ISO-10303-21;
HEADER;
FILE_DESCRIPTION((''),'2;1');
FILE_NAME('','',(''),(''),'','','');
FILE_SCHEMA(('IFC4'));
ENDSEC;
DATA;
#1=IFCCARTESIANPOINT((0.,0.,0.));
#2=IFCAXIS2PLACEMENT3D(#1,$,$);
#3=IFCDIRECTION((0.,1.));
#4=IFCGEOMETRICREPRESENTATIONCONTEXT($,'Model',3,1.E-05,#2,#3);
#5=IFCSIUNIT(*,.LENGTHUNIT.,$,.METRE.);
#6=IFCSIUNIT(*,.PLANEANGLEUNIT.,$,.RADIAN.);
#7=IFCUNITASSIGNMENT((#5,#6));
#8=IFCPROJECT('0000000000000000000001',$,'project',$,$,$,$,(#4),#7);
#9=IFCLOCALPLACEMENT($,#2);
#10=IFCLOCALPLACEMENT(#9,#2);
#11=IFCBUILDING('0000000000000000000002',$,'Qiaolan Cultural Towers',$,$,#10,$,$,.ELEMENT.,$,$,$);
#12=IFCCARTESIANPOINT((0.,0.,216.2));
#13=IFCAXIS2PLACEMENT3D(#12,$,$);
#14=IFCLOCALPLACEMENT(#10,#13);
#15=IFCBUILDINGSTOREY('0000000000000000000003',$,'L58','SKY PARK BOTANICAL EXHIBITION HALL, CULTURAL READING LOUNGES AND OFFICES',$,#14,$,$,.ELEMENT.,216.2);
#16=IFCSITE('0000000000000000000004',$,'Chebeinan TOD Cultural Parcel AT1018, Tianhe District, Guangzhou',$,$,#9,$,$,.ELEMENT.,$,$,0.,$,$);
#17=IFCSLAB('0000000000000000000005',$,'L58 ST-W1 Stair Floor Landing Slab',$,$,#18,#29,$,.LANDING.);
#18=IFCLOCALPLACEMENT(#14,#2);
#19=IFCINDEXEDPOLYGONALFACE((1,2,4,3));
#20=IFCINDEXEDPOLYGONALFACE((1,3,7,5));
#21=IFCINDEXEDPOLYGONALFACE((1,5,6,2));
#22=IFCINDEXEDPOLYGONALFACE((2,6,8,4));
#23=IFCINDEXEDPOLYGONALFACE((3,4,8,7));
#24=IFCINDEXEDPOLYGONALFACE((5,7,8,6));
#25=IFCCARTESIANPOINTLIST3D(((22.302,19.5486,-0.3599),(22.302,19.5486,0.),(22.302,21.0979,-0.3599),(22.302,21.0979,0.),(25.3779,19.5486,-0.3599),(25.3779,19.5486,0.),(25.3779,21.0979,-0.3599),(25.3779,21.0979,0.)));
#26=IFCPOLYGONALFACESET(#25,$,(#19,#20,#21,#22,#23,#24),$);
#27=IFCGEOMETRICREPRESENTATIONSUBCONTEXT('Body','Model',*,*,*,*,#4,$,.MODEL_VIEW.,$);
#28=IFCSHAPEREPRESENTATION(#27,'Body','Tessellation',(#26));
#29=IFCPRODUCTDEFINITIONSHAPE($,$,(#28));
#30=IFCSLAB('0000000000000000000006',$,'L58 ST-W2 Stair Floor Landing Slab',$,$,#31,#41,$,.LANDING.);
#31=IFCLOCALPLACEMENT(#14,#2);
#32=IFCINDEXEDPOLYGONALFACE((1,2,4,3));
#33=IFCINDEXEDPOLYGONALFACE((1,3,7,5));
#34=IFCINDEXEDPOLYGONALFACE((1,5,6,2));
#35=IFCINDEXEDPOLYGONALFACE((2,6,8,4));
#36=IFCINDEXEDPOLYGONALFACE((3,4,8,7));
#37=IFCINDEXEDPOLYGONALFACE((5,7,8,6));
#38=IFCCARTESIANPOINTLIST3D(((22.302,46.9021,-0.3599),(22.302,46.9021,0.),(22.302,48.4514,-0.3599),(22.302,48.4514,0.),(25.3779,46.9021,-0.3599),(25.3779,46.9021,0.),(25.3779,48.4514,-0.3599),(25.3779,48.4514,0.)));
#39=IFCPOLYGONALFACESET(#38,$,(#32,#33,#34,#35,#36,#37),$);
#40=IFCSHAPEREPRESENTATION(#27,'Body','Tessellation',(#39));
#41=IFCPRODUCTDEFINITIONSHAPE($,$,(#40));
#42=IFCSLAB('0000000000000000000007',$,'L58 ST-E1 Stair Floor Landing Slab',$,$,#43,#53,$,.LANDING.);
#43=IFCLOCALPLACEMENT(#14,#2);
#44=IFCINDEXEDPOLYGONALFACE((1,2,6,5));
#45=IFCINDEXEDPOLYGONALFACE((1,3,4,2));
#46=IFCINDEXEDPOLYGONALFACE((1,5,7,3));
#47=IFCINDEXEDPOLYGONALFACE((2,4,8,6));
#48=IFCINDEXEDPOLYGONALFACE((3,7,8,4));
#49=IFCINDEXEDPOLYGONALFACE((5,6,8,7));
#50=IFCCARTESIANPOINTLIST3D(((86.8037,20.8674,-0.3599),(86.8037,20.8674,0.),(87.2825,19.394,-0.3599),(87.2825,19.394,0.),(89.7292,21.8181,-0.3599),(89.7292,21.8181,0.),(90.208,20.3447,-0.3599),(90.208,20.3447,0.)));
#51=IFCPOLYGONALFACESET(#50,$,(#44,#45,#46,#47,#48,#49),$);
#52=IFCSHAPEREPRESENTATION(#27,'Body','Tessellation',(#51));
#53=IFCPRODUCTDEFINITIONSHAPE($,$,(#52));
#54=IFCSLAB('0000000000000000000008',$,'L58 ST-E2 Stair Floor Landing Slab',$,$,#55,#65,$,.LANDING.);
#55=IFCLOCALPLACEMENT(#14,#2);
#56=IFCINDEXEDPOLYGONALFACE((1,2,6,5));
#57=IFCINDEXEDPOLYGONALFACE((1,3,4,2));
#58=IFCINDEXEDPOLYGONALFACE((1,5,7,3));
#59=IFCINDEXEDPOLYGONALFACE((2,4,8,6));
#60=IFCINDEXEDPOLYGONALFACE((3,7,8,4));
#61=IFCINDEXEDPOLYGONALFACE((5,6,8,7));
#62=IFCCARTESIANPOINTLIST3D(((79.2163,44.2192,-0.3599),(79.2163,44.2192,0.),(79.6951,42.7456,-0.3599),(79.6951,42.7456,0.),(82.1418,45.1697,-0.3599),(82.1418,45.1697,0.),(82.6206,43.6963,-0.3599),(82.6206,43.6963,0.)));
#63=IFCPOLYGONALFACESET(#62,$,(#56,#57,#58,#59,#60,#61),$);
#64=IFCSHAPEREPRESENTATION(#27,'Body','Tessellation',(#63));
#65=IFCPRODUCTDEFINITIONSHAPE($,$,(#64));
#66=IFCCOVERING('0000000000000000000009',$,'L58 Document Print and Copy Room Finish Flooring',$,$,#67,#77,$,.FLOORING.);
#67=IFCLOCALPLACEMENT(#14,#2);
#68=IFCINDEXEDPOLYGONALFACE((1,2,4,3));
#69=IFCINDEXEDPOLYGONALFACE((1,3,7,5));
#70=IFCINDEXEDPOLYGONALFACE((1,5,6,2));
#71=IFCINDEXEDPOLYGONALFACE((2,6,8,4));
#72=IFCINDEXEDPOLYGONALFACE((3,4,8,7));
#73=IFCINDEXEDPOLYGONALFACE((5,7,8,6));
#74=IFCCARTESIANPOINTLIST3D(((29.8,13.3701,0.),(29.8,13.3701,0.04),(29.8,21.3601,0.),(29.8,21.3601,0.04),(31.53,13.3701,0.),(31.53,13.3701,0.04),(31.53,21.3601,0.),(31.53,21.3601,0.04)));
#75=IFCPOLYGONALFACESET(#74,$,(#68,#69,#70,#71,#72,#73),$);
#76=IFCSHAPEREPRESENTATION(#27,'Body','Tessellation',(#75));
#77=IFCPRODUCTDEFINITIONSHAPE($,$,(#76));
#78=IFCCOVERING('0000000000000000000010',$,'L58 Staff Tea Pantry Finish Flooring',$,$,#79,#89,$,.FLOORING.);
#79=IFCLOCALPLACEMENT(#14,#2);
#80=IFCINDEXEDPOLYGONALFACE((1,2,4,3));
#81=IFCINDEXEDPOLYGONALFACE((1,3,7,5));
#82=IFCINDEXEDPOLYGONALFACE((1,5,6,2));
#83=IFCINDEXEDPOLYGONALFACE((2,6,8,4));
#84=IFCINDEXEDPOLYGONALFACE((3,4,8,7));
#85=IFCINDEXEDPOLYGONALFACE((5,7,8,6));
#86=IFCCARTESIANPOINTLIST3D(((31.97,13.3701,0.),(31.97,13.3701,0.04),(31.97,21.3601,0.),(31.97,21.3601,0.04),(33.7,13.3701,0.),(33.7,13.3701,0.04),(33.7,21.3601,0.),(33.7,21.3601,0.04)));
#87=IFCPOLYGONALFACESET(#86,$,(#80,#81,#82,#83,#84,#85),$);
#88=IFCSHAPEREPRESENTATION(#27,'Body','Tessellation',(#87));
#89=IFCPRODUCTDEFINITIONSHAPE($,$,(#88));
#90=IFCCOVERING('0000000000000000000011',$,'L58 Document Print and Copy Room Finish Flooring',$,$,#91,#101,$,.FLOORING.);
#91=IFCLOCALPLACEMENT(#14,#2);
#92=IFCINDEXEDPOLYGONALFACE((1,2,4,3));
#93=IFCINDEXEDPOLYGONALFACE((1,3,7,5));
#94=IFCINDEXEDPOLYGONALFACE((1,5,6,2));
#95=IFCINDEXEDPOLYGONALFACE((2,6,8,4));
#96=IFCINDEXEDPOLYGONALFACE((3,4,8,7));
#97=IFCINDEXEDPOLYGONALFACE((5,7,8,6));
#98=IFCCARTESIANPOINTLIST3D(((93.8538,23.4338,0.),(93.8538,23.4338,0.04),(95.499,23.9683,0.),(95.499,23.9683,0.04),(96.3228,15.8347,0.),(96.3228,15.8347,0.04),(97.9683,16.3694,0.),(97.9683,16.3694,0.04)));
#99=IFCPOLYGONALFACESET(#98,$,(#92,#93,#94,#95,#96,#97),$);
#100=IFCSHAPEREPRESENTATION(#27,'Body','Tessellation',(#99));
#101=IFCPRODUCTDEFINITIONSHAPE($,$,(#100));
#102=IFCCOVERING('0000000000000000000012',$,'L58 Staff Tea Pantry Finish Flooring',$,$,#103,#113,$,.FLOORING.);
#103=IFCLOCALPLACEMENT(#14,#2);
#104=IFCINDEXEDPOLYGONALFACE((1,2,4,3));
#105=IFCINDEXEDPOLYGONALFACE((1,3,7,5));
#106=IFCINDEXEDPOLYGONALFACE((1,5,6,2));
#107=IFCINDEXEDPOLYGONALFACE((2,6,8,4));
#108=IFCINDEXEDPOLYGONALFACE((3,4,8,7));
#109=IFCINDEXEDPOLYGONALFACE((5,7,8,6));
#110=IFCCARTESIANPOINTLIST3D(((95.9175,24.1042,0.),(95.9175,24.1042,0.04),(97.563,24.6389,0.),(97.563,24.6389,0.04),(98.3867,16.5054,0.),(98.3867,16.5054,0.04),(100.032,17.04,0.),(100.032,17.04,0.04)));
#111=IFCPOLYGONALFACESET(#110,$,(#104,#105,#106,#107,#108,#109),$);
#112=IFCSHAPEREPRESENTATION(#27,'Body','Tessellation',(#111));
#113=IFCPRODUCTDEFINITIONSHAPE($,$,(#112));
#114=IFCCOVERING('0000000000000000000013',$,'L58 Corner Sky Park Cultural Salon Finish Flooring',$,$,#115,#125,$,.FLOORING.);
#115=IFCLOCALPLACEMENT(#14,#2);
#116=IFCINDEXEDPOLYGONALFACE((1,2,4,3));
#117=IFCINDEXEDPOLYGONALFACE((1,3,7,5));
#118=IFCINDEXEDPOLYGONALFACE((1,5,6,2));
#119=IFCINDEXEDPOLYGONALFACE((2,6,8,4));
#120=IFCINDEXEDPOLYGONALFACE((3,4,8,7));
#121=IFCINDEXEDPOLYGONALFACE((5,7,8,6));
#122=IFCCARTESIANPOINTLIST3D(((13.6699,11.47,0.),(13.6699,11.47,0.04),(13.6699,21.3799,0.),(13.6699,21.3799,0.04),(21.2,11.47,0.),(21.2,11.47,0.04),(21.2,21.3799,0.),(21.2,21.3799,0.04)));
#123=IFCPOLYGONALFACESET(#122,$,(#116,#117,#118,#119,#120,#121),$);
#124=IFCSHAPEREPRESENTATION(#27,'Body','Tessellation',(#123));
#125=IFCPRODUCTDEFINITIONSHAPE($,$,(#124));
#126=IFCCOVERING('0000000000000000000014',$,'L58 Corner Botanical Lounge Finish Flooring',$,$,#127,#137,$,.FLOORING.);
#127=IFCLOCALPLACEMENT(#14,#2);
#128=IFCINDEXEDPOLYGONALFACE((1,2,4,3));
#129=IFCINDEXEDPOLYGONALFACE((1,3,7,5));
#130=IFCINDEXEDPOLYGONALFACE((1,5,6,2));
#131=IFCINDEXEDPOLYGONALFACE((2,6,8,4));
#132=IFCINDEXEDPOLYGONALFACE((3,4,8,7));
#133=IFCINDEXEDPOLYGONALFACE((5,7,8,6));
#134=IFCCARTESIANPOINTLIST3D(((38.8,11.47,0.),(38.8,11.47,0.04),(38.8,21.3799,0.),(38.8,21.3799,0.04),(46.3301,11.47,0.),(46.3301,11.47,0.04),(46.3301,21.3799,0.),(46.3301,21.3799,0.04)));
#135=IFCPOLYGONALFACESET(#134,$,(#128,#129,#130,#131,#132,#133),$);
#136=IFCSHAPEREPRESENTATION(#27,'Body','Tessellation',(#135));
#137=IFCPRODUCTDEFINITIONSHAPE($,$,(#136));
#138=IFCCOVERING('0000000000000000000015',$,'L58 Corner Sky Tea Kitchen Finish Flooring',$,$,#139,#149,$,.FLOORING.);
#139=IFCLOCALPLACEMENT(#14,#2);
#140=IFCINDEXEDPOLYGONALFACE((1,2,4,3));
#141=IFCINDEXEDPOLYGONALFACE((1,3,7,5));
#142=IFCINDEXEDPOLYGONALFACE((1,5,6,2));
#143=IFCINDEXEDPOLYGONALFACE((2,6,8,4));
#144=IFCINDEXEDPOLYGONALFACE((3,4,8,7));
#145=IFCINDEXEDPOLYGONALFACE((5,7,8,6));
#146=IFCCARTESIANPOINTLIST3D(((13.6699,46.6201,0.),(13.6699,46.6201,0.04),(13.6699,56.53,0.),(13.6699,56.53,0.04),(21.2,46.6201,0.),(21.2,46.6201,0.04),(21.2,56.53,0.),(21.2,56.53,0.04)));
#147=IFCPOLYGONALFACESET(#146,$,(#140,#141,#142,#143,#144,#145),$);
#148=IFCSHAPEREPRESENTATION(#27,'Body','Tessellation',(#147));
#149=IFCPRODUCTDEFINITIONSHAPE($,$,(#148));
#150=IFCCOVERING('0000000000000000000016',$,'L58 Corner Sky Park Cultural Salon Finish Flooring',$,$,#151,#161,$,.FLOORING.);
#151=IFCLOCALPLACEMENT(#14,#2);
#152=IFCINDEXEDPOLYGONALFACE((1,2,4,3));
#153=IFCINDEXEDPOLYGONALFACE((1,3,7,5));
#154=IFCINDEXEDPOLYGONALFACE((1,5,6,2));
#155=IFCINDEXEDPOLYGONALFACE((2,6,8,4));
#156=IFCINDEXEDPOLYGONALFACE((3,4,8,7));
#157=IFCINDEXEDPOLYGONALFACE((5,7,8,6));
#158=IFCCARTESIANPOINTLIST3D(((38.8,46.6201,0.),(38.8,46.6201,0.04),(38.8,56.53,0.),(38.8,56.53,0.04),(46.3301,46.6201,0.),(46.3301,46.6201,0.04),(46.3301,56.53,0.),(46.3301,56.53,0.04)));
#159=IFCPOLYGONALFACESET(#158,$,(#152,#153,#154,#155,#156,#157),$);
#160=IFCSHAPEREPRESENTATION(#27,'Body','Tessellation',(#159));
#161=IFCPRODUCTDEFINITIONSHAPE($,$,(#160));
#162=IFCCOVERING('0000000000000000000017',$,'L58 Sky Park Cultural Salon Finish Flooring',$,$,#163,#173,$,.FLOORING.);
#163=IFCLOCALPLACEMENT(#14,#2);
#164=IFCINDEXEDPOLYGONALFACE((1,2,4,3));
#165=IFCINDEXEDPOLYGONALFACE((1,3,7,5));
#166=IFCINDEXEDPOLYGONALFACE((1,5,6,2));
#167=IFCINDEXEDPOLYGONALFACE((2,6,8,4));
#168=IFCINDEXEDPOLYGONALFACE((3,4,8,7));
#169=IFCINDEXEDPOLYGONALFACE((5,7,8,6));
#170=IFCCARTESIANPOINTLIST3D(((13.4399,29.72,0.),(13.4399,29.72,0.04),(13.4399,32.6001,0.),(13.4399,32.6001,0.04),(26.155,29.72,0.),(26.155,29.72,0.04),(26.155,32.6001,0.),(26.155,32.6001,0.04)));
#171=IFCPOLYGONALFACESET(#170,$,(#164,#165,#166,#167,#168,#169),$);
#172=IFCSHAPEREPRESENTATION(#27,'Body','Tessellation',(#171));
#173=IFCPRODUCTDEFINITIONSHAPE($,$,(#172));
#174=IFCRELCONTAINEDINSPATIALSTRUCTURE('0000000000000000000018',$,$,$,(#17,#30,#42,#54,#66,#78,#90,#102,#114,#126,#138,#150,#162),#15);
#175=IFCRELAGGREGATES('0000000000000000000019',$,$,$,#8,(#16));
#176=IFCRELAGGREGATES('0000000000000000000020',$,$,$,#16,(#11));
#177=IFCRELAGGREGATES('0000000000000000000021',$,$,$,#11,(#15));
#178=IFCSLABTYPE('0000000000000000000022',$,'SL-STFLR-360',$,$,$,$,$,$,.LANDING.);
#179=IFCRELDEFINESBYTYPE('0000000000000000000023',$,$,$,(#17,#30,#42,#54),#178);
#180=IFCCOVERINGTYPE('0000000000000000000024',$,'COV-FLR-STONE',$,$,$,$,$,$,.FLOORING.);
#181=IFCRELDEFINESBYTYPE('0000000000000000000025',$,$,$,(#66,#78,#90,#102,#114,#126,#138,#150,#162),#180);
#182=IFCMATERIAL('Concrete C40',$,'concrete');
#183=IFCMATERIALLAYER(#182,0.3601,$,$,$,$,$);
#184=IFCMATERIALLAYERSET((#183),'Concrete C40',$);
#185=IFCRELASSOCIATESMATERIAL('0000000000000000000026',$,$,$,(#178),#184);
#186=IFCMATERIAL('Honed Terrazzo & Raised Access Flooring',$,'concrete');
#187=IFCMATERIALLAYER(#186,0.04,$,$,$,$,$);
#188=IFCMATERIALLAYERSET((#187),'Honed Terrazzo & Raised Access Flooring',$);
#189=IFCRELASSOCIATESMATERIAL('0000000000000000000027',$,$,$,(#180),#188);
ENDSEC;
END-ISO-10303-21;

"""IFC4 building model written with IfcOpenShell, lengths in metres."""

from ifc_helpers import new_model, si_unit, direction, frame, origin, place, context, subcontext, project, spatial, polyline, outline, extrude, material, layer, layer_set, type_object, element, save


model = new_model("IFC4")

# Units and contexts
model_context = context("Model", 3, precision=1e-05, world=origin(), true_north=direction((0.0, 1.0)))
body_context = subcontext(model_context, "Body", "Model", "MODEL_VIEW")
ifc_project = project(units=[si_unit("LENGTHUNIT", "METRE"), si_unit("PLANEANGLEUNIT", "RADIAN")], contexts=[model_context])

# Site, building, storey
site_placement = place(None, origin())
site = spatial("IfcSite", under=ifc_project, at=site_placement, Name="Chebeinan TOD Cultural Parcel AT1018, Tianhe District, Guangzhou", CompositionType="ELEMENT", RefElevation=0.0)
building_placement = place(site_placement, origin())
building = spatial("IfcBuilding", under=site, at=building_placement, Name="Qiaolan Cultural Towers", CompositionType="ELEMENT")
storey_placement = place(building_placement, frame((0.0, 0.0, 216.2)))
storey = spatial("IfcBuildingStorey", under=building, at=storey_placement, Name="L58", Description="SKY PARK BOTANICAL EXHIBITION HALL, CULTURAL READING LOUNGES AND OFFICES", CompositionType="ELEMENT", Elevation=216.2)

# Slabs
ifc_material_1 = material(Name="Concrete C40", Category="concrete")
ifc_layer_1 = layer(ifc_material_1, 0.3601)
ifc_layer_set_1 = layer_set([ifc_layer_1], Name="Concrete C40")
slab_type_1 = type_object("IfcSlabType", Name="SL-STFLR-360", PredefinedType="LANDING", material=ifc_layer_set_1)
slab_1_placement = place(storey_placement, frame((0.0, 0.0, -0.3599)))
element("IfcSlab", 1, at=slab_1_placement, inside=storey, type_object=slab_type_1, Name="L58 ST-W1 Stair Floor Landing Slab", PredefinedType="LANDING", context=body_context, shape_type="SweptSolid", body=[
    extrude(outline(polyline([(22.302, 21.0979), (22.302, 19.5486), (25.3779, 19.5486), (25.3779, 21.0979), (22.302, 21.0979)])), origin(), (0.0, 0.0, 1.0), 0.3599),
])
slab_2_placement = place(storey_placement, frame((0.0, 0.0, -0.3599)))
element("IfcSlab", 2, at=slab_2_placement, inside=storey, type_object=slab_type_1, Name="L58 ST-W2 Stair Floor Landing Slab", PredefinedType="LANDING", context=body_context, shape_type="SweptSolid", body=[
    extrude(outline(polyline([(25.3779, 46.9021), (25.3779, 48.4514), (22.302, 48.4514), (22.302, 46.9021), (25.3779, 46.9021)])), origin(), (0.0, 0.0, 1.0), 0.3599),
])
slab_3_placement = place(storey_placement, frame((0.0, 0.0, -0.3599)))
element("IfcSlab", 3, at=slab_3_placement, inside=storey, type_object=slab_type_1, Name="L58 ST-E1 Stair Floor Landing Slab", PredefinedType="LANDING", context=body_context, shape_type="SweptSolid", body=[
    extrude(outline(polyline([(86.8037, 20.8674), (87.2825, 19.394), (90.208, 20.3447), (89.7292, 21.8181), (86.8037, 20.8674)])), origin(), (0.0, 0.0, 1.0), 0.3599),
])
slab_4_placement = place(storey_placement, frame((0.0, 0.0, -0.3599)))
element("IfcSlab", 4, at=slab_4_placement, inside=storey, type_object=slab_type_1, Name="L58 ST-E2 Stair Floor Landing Slab", PredefinedType="LANDING", context=body_context, shape_type="SweptSolid", body=[
    extrude(outline(polyline([(82.6206, 43.6963), (82.1418, 45.1697), (79.2163, 44.2192), (79.6951, 42.7456), (82.6206, 43.6963)])), origin(), (0.0, 0.0, 1.0), 0.3599),
])

# Coverings
ifc_material_2 = material(Name="Honed Terrazzo & Raised Access Flooring", Category="concrete")
ifc_layer_2 = layer(ifc_material_2, 0.04)
ifc_layer_set_2 = layer_set([ifc_layer_2], Name="Honed Terrazzo & Raised Access Flooring")
covering_type_1 = type_object("IfcCoveringType", Name="COV-FLR-STONE", PredefinedType="FLOORING", material=ifc_layer_set_2)
covering_1_placement = place(storey_placement, origin())
element("IfcCovering", 5, at=covering_1_placement, inside=storey, type_object=covering_type_1, Name="L58 Document Print and Copy Room Finish Flooring", PredefinedType="FLOORING", context=body_context, shape_type="SweptSolid", body=[
    extrude(outline(polyline([(31.53, 13.3701), (31.53, 21.3601), (29.8, 21.3601), (29.8, 13.3701), (31.53, 13.3701)])), origin(), (0.0, 0.0, 1.0), 0.04),
])
covering_2_placement = place(storey_placement, origin())
element("IfcCovering", 6, at=covering_2_placement, inside=storey, type_object=covering_type_1, Name="L58 Staff Tea Pantry Finish Flooring", PredefinedType="FLOORING", context=body_context, shape_type="SweptSolid", body=[
    extrude(outline(polyline([(33.7, 13.3701), (33.7, 21.3601), (31.97, 21.3601), (31.97, 13.3701), (33.7, 13.3701)])), origin(), (0.0, 0.0, 1.0), 0.04),
])
covering_3_placement = place(storey_placement, origin())
element("IfcCovering", 7, at=covering_3_placement, inside=storey, type_object=covering_type_1, Name="L58 Document Print and Copy Room Finish Flooring", PredefinedType="FLOORING", context=body_context, shape_type="SweptSolid", body=[
    extrude(outline(polyline([(97.9683, 16.3694), (95.499, 23.9683), (93.8538, 23.4338), (96.3228, 15.8347), (97.9683, 16.3694)])), origin(), (0.0, 0.0, 1.0), 0.04),
])
covering_4_placement = place(storey_placement, origin())
element("IfcCovering", 8, at=covering_4_placement, inside=storey, type_object=covering_type_1, Name="L58 Staff Tea Pantry Finish Flooring", PredefinedType="FLOORING", context=body_context, shape_type="SweptSolid", body=[
    extrude(outline(polyline([(100.032, 17.04), (97.563, 24.6389), (95.9175, 24.1042), (98.3867, 16.5054), (100.032, 17.04)])), origin(), (0.0, 0.0, 1.0), 0.04),
])
covering_5_placement = place(storey_placement, origin())
element("IfcCovering", 9, at=covering_5_placement, inside=storey, type_object=covering_type_1, Name="L58 Corner Sky Park Cultural Salon Finish Flooring", PredefinedType="FLOORING", context=body_context, shape_type="SweptSolid", body=[
    extrude(outline(polyline([(21.2, 11.47), (21.2, 21.3799), (13.6699, 21.3799), (13.6699, 11.47), (21.2, 11.47)])), origin(), (0.0, 0.0, 1.0), 0.04),
])
covering_6_placement = place(storey_placement, origin())
element("IfcCovering", 10, at=covering_6_placement, inside=storey, type_object=covering_type_1, Name="L58 Corner Botanical Lounge Finish Flooring", PredefinedType="FLOORING", context=body_context, shape_type="SweptSolid", body=[
    extrude(outline(polyline([(46.3301, 11.47), (46.3301, 21.3799), (38.8, 21.3799), (38.8, 11.47), (46.3301, 11.47)])), origin(), (0.0, 0.0, 1.0), 0.04),
])
covering_7_placement = place(storey_placement, origin())
element("IfcCovering", 11, at=covering_7_placement, inside=storey, type_object=covering_type_1, Name="L58 Corner Sky Tea Kitchen Finish Flooring", PredefinedType="FLOORING", context=body_context, shape_type="SweptSolid", body=[
    extrude(outline(polyline([(21.2, 46.6201), (21.2, 56.53), (13.6699, 56.53), (13.6699, 46.6201), (21.2, 46.6201)])), origin(), (0.0, 0.0, 1.0), 0.04),
])
covering_8_placement = place(storey_placement, origin())
element("IfcCovering", 12, at=covering_8_placement, inside=storey, type_object=covering_type_1, Name="L58 Corner Sky Park Cultural Salon Finish Flooring", PredefinedType="FLOORING", context=body_context, shape_type="SweptSolid", body=[
    extrude(outline(polyline([(46.3301, 46.6201), (46.3301, 56.53), (38.8, 56.53), (38.8, 46.6201), (46.3301, 46.6201)])), origin(), (0.0, 0.0, 1.0), 0.04),
])
covering_9_placement = place(storey_placement, origin())
element("IfcCovering", 13, at=covering_9_placement, inside=storey, type_object=covering_type_1, Name="L58 Sky Park Cultural Salon Finish Flooring", PredefinedType="FLOORING", context=body_context, shape_type="SweptSolid", body=[
    extrude(outline(polyline([(26.155, 29.72), (26.155, 32.6001), (13.4399, 32.6001), (13.4399, 29.72), (26.155, 29.72)])), origin(), (0.0, 0.0, 1.0), 0.04),
])

save(model, "model.ifc")
